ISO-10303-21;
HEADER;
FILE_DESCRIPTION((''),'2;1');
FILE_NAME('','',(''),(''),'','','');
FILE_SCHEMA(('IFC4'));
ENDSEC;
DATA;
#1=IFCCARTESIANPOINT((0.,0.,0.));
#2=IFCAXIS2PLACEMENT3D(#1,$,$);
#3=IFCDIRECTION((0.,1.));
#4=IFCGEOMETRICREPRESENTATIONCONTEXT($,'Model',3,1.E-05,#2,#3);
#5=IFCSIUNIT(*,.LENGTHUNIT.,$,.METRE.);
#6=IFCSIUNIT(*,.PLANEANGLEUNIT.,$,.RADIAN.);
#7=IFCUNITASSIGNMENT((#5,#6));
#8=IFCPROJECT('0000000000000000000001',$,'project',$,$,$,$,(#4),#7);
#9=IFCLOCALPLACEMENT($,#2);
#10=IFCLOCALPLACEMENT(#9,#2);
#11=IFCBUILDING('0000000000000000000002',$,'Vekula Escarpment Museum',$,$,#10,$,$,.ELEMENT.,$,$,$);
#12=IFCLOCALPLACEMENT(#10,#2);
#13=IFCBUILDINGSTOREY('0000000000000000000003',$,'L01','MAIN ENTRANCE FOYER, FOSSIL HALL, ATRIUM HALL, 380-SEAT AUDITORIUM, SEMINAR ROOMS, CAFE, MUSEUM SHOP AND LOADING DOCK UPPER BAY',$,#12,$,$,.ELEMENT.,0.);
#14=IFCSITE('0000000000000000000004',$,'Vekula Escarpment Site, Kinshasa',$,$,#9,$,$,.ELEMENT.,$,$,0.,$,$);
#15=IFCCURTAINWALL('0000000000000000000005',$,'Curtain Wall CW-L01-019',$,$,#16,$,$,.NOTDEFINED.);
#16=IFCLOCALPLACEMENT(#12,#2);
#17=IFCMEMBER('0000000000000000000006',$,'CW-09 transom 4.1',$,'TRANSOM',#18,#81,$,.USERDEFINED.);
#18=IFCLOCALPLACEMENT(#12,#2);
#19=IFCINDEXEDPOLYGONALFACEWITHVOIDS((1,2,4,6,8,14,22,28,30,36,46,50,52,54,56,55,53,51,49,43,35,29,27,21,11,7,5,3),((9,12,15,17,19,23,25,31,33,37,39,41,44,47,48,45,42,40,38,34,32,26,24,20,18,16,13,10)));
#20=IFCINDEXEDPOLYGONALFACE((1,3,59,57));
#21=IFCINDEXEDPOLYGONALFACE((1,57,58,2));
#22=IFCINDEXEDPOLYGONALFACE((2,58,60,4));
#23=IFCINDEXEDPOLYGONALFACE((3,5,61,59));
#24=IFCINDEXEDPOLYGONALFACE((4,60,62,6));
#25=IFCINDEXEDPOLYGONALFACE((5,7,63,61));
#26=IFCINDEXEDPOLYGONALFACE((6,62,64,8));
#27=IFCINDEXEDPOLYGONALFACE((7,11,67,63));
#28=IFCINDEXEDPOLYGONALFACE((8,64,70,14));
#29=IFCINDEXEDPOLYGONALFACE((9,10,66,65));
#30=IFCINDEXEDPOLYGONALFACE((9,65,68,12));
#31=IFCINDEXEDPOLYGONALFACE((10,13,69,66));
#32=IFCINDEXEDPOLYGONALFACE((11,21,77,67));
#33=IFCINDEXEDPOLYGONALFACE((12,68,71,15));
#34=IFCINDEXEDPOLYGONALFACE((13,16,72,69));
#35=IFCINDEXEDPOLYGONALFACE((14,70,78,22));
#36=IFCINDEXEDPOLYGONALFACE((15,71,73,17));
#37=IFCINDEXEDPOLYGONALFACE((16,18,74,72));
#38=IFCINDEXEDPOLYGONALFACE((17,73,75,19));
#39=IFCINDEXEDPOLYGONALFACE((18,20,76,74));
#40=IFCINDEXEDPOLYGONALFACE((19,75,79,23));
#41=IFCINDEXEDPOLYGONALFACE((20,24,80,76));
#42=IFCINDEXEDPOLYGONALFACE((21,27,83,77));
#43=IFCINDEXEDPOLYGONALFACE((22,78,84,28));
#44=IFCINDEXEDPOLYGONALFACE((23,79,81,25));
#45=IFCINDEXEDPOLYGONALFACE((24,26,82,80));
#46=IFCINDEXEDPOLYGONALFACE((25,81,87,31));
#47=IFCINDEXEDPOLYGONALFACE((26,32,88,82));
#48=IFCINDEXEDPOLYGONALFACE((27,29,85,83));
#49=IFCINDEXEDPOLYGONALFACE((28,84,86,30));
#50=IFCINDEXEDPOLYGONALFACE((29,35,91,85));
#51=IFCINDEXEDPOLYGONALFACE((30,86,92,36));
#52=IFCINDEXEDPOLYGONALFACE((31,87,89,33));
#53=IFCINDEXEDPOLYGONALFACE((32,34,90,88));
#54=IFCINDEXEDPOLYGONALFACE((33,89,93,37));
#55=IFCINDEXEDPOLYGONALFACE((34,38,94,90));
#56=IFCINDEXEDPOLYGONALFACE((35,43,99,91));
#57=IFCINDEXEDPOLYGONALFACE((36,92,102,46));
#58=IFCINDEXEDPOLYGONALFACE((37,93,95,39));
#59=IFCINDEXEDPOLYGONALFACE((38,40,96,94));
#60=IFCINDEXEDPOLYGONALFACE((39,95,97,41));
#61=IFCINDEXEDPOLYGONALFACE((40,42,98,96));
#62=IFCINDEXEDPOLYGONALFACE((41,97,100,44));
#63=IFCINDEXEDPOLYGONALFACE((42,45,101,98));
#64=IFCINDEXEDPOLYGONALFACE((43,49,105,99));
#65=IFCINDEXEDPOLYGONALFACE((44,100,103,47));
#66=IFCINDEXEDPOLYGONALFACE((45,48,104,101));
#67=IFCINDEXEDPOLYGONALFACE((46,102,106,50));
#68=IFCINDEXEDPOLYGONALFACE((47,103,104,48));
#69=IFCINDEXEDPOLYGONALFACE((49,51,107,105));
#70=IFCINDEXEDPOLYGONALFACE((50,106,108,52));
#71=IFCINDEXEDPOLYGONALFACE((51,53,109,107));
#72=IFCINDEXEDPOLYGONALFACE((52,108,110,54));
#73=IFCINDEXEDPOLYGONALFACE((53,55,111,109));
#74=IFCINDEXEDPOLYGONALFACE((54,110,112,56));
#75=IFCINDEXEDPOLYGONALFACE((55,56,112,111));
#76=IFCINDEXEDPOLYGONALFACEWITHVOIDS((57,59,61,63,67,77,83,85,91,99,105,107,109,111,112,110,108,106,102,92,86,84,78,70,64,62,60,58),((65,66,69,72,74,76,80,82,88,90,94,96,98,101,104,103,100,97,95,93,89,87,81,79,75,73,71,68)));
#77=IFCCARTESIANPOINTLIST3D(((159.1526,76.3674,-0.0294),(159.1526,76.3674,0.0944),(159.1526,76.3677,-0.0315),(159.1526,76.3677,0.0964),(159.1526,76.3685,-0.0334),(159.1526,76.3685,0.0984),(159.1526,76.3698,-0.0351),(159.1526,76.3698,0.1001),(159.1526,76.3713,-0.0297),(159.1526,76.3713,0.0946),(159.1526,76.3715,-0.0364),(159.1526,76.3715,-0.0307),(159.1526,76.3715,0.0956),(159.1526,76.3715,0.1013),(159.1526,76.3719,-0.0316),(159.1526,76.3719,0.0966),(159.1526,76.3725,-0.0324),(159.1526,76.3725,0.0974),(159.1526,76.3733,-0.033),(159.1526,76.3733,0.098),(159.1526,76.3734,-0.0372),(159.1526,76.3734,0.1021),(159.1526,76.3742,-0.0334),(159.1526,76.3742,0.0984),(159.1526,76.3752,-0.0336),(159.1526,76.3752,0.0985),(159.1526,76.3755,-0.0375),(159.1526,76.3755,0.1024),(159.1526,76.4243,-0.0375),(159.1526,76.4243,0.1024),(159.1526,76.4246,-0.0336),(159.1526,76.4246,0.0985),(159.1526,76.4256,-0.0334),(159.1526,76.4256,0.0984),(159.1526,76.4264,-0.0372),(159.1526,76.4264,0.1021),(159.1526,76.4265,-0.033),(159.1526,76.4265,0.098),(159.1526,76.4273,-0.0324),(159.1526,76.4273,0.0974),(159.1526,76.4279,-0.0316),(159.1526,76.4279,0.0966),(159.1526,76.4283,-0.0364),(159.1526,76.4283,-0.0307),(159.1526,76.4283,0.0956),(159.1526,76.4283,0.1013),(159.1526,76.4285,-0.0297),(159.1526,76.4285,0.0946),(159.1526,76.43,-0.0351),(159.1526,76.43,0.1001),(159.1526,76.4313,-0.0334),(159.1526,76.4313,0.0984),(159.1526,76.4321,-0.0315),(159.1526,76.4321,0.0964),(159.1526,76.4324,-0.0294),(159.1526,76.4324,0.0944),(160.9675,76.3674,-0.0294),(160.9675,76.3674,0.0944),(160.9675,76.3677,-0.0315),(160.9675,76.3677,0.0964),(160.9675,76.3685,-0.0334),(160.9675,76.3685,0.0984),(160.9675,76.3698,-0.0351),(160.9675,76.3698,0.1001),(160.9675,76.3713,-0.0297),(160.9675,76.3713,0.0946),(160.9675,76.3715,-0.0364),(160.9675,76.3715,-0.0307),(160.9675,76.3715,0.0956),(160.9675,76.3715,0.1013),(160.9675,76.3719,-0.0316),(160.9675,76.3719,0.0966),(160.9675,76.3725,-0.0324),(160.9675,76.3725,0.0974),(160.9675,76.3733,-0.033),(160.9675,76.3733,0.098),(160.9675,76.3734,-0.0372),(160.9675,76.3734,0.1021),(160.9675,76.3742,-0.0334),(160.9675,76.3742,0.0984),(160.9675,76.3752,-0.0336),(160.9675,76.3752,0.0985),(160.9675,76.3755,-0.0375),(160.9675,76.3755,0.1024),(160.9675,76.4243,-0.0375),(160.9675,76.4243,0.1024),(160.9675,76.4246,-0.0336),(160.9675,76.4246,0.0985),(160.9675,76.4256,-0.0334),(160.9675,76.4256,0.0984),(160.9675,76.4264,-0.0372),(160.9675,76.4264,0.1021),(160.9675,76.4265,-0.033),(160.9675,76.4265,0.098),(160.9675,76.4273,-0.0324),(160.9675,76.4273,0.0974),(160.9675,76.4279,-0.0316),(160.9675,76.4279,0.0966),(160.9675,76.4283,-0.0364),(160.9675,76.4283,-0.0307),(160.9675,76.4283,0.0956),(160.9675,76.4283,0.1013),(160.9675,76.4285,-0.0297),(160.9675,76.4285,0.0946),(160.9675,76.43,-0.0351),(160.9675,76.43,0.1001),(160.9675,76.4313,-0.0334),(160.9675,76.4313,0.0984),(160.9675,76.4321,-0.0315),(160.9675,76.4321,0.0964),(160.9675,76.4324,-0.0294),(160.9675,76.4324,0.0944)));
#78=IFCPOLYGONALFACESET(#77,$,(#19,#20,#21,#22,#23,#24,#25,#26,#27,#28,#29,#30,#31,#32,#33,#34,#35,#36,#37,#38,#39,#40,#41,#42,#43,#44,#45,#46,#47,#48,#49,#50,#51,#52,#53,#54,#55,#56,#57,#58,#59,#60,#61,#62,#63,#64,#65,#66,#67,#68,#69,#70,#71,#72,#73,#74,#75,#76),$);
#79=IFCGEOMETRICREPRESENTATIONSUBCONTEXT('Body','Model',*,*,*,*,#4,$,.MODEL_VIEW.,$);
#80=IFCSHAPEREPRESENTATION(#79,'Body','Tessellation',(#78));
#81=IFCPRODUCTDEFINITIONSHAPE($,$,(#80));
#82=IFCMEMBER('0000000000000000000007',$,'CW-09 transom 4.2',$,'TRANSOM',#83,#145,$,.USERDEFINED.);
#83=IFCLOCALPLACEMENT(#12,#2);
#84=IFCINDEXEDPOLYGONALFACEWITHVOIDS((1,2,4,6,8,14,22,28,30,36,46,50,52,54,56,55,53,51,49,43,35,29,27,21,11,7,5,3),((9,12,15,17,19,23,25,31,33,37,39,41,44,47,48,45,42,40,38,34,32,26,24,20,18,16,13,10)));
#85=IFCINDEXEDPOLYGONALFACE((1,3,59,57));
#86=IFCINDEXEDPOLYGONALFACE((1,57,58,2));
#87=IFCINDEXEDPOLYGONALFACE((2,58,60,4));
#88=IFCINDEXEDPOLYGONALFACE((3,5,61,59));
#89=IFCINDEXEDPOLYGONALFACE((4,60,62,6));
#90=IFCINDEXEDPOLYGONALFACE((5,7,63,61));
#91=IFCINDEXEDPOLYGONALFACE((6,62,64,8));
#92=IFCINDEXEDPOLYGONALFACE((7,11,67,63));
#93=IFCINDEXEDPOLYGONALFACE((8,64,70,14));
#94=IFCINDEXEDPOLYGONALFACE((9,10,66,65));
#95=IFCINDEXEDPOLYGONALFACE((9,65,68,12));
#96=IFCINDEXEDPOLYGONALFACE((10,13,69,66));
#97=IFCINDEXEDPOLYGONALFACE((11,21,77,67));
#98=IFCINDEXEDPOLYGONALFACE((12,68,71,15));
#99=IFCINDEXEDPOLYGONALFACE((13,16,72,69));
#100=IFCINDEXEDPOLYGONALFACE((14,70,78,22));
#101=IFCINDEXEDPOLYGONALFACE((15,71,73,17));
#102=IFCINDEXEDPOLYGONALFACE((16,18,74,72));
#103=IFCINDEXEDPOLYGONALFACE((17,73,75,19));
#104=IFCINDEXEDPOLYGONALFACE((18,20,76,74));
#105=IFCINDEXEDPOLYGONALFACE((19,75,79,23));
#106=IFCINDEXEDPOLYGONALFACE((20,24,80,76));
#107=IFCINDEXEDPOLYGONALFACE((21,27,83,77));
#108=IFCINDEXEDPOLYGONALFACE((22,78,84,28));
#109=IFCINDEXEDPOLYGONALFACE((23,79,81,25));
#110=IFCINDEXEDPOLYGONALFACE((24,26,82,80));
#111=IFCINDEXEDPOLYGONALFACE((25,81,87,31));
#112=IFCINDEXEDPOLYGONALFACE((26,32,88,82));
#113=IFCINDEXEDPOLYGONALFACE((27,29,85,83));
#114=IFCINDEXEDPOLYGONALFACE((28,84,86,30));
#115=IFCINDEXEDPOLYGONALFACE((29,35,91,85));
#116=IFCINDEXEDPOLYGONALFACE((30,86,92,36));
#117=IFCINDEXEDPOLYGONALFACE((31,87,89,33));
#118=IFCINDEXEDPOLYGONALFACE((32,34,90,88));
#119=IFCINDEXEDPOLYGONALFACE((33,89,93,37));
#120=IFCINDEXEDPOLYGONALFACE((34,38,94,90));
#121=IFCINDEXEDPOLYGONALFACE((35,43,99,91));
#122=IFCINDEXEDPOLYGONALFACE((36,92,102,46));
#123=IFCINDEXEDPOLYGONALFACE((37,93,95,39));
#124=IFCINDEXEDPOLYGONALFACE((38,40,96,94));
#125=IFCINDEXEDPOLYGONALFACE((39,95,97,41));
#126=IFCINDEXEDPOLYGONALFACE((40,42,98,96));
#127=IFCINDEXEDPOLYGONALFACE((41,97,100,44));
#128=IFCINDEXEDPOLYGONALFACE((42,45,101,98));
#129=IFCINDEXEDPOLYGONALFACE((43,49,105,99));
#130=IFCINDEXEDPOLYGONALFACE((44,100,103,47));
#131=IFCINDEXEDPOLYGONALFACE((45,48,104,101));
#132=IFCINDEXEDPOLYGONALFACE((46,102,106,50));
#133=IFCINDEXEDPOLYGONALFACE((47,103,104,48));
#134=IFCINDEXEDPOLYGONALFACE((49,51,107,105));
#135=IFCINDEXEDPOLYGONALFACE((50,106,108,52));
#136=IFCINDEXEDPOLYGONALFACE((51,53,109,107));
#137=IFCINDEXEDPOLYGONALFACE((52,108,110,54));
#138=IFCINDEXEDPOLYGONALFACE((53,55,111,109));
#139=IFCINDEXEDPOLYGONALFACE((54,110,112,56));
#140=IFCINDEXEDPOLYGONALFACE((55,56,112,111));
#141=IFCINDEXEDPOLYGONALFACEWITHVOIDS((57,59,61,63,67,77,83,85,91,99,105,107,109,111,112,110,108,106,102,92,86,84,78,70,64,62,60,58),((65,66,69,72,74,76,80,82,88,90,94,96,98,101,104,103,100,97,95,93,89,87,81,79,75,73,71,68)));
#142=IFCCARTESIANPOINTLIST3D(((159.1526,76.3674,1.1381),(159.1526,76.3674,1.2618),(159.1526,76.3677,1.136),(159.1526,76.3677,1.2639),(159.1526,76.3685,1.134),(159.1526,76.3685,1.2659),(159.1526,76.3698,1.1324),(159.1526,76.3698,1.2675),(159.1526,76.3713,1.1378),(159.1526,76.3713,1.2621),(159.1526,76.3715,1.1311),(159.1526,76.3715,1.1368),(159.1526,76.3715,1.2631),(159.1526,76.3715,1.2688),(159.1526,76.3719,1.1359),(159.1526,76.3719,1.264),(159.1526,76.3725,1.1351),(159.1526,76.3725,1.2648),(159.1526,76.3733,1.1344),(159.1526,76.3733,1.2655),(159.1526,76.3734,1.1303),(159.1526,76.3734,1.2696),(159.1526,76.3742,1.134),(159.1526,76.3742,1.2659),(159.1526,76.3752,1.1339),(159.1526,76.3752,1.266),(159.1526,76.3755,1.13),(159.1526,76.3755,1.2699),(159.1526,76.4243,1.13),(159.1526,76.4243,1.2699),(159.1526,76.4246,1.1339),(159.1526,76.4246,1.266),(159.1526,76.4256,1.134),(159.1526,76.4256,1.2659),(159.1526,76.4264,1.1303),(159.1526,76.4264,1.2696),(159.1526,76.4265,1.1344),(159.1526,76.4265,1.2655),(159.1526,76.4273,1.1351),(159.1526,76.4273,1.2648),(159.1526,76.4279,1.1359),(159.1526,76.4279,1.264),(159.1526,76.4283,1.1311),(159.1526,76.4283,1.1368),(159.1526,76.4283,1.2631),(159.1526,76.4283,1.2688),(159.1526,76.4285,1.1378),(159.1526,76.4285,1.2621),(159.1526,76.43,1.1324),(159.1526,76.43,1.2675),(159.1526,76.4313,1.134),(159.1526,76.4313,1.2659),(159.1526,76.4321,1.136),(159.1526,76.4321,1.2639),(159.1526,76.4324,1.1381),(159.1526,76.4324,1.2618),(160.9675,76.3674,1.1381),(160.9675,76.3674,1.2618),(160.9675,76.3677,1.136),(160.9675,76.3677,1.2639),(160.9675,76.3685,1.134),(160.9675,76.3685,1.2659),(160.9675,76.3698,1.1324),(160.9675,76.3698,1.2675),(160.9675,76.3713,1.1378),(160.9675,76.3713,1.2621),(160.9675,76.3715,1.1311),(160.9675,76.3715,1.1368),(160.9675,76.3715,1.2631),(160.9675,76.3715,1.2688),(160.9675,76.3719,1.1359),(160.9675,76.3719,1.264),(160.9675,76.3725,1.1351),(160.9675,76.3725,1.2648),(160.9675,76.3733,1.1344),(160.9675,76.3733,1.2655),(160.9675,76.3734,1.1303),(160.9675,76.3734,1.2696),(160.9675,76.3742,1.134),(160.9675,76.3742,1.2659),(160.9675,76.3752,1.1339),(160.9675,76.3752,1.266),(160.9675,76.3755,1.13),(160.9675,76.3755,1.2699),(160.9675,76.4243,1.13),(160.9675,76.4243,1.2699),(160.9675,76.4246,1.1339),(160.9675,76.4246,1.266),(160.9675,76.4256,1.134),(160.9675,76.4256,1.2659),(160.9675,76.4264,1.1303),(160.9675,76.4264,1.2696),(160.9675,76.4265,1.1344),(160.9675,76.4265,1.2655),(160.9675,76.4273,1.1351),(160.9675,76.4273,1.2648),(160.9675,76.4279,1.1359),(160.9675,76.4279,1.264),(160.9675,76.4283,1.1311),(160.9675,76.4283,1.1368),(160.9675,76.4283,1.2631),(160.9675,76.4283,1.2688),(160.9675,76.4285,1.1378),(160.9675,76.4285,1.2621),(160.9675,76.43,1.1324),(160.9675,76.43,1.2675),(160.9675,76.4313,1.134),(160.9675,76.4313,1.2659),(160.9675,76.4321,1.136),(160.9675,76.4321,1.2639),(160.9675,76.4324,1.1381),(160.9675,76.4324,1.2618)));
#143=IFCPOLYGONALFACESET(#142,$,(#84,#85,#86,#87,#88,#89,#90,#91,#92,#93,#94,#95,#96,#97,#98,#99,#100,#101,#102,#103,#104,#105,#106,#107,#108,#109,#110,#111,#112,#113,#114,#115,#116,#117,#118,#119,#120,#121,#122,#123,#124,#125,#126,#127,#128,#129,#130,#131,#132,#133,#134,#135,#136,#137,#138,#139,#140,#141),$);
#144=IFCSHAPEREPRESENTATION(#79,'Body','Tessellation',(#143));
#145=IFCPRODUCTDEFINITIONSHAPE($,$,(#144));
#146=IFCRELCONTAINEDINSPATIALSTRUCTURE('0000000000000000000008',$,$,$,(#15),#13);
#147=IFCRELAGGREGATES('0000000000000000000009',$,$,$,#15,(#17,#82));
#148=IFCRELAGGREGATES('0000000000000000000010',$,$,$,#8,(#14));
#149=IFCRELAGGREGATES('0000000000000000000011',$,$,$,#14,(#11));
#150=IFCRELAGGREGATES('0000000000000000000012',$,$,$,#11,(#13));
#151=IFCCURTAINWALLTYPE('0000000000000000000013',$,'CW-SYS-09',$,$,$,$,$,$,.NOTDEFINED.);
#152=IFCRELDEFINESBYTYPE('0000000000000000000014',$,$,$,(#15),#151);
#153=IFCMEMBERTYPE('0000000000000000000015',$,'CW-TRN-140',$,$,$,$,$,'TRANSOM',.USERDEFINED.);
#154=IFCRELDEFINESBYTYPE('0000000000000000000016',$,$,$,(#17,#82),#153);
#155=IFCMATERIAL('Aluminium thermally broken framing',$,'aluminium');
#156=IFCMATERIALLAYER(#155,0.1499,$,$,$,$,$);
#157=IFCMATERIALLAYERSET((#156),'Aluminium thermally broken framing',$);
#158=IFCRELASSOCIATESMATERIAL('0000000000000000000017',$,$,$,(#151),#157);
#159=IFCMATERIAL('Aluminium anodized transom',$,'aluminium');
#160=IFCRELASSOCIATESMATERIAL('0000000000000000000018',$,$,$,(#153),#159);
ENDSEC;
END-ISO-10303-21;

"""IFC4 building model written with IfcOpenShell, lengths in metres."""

from ifc_helpers import new_model, si_unit, direction, frame, origin, origin_2d, place, context, subcontext, project, spatial, hollow_rectangle, extrude, material, layer, layer_set, material_profile, profile_set, type_object, element, aggregate, save


model = new_model("IFC4")

# Units and contexts
model_context = context("Model", 3, precision=1e-05, world=origin(), true_north=direction((0.0, 1.0)))
body_context = subcontext(model_context, "Body", "Model", "MODEL_VIEW")
ifc_project = project(units=[si_unit("LENGTHUNIT", "METRE"), si_unit("PLANEANGLEUNIT", "RADIAN")], contexts=[model_context])

# Site, building, storey
site_placement = place(None, origin())
site = spatial("IfcSite", under=ifc_project, at=site_placement, Name="Vekula Escarpment Site, Kinshasa", CompositionType="ELEMENT", RefElevation=0.0)
building_placement = place(site_placement, origin())
building = spatial("IfcBuilding", under=site, at=building_placement, Name="Vekula Escarpment Museum", CompositionType="ELEMENT")
storey_placement = place(building_placement, origin())
storey = spatial("IfcBuildingStorey", under=building, at=storey_placement, Name="L01", Description="MAIN ENTRANCE FOYER, FOSSIL HALL, ATRIUM HALL, 380-SEAT AUDITORIUM, SEMINAR ROOMS, CAFE, MUSEUM SHOP AND LOADING DOCK UPPER BAY", CompositionType="ELEMENT", Elevation=0.0)

# Curtain wall
ifc_material_1 = material(Name="Aluminium thermally broken framing", Category="aluminium")
ifc_layer_1 = layer(ifc_material_1, 0.1499)
ifc_layer_set_1 = layer_set([ifc_layer_1], Name="Aluminium thermally broken framing")
curtain_wall_type_1 = type_object("IfcCurtainWallType", Name="CW-SYS-09", PredefinedType="NOTDEFINED", material=ifc_layer_set_1)
curtain_wall_1_placement = place(storey_placement, origin())
curtain_wall_1 = element("IfcCurtainWall", 1, at=curtain_wall_1_placement, inside=storey, type_object=curtain_wall_type_1, Name="Curtain Wall CW-L01-019", PredefinedType="NOTDEFINED")

# Members
ifc_material_2 = material(Name="Aluminium anodized transom", Category="aluminium")
ifc_material_profile_1 = material_profile(ifc_material_2, hollow_rectangle(XDim=0.0649, YDim=0.1399, WallThickness=0.0039, InnerFilletRadius=0.0039, OuterFilletRadius=0.0081, at=origin_2d()), Name="ALU 140x65x4")
ifc_profile_set_1 = profile_set([ifc_material_profile_1], Name="Aluminium anodized transom")
member_type_1 = type_object("IfcMemberType", Name="CW-TRN-140", ElementType="TRANSOM", PredefinedType="USERDEFINED", material=ifc_profile_set_1)
member_1_placement = place(storey_placement, frame((160.9675, 76.3999, 0.0325), z_axis=(-1.0, 0.0, 0.0), x_axis=(0.0, -1.0, 0.0)))
member_1 = element("IfcMember", 2, at=member_1_placement, type_object=member_type_1, Name="CW-09 transom 4.1", ObjectType="TRANSOM", PredefinedType="USERDEFINED", context=body_context, shape_type="SweptSolid", body=[
    extrude(hollow_rectangle(XDim=0.0649, YDim=0.1399, WallThickness=0.0039, InnerFilletRadius=0.0039, OuterFilletRadius=0.0081, at=origin_2d()), origin(), (0.0, 0.0, 1.0), 1.8149),
])
member_2_placement = place(storey_placement, frame((160.9675, 76.3999, 1.2), z_axis=(-1.0, 0.0, 0.0), x_axis=(0.0, -1.0, 0.0)))
member_2 = element("IfcMember", 3, at=member_2_placement, type_object=member_type_1, Name="CW-09 transom 4.2", ObjectType="TRANSOM", PredefinedType="USERDEFINED", context=body_context, shape_type="SweptSolid", body=[
    extrude(hollow_rectangle(XDim=0.0649, YDim=0.1399, WallThickness=0.0039, InnerFilletRadius=0.0039, OuterFilletRadius=0.0081, at=origin_2d()), origin(), (0.0, 0.0, 1.0), 1.8149),
])

aggregate(curtain_wall_1, [member_1, member_2])

save(model, "model.ifc")
